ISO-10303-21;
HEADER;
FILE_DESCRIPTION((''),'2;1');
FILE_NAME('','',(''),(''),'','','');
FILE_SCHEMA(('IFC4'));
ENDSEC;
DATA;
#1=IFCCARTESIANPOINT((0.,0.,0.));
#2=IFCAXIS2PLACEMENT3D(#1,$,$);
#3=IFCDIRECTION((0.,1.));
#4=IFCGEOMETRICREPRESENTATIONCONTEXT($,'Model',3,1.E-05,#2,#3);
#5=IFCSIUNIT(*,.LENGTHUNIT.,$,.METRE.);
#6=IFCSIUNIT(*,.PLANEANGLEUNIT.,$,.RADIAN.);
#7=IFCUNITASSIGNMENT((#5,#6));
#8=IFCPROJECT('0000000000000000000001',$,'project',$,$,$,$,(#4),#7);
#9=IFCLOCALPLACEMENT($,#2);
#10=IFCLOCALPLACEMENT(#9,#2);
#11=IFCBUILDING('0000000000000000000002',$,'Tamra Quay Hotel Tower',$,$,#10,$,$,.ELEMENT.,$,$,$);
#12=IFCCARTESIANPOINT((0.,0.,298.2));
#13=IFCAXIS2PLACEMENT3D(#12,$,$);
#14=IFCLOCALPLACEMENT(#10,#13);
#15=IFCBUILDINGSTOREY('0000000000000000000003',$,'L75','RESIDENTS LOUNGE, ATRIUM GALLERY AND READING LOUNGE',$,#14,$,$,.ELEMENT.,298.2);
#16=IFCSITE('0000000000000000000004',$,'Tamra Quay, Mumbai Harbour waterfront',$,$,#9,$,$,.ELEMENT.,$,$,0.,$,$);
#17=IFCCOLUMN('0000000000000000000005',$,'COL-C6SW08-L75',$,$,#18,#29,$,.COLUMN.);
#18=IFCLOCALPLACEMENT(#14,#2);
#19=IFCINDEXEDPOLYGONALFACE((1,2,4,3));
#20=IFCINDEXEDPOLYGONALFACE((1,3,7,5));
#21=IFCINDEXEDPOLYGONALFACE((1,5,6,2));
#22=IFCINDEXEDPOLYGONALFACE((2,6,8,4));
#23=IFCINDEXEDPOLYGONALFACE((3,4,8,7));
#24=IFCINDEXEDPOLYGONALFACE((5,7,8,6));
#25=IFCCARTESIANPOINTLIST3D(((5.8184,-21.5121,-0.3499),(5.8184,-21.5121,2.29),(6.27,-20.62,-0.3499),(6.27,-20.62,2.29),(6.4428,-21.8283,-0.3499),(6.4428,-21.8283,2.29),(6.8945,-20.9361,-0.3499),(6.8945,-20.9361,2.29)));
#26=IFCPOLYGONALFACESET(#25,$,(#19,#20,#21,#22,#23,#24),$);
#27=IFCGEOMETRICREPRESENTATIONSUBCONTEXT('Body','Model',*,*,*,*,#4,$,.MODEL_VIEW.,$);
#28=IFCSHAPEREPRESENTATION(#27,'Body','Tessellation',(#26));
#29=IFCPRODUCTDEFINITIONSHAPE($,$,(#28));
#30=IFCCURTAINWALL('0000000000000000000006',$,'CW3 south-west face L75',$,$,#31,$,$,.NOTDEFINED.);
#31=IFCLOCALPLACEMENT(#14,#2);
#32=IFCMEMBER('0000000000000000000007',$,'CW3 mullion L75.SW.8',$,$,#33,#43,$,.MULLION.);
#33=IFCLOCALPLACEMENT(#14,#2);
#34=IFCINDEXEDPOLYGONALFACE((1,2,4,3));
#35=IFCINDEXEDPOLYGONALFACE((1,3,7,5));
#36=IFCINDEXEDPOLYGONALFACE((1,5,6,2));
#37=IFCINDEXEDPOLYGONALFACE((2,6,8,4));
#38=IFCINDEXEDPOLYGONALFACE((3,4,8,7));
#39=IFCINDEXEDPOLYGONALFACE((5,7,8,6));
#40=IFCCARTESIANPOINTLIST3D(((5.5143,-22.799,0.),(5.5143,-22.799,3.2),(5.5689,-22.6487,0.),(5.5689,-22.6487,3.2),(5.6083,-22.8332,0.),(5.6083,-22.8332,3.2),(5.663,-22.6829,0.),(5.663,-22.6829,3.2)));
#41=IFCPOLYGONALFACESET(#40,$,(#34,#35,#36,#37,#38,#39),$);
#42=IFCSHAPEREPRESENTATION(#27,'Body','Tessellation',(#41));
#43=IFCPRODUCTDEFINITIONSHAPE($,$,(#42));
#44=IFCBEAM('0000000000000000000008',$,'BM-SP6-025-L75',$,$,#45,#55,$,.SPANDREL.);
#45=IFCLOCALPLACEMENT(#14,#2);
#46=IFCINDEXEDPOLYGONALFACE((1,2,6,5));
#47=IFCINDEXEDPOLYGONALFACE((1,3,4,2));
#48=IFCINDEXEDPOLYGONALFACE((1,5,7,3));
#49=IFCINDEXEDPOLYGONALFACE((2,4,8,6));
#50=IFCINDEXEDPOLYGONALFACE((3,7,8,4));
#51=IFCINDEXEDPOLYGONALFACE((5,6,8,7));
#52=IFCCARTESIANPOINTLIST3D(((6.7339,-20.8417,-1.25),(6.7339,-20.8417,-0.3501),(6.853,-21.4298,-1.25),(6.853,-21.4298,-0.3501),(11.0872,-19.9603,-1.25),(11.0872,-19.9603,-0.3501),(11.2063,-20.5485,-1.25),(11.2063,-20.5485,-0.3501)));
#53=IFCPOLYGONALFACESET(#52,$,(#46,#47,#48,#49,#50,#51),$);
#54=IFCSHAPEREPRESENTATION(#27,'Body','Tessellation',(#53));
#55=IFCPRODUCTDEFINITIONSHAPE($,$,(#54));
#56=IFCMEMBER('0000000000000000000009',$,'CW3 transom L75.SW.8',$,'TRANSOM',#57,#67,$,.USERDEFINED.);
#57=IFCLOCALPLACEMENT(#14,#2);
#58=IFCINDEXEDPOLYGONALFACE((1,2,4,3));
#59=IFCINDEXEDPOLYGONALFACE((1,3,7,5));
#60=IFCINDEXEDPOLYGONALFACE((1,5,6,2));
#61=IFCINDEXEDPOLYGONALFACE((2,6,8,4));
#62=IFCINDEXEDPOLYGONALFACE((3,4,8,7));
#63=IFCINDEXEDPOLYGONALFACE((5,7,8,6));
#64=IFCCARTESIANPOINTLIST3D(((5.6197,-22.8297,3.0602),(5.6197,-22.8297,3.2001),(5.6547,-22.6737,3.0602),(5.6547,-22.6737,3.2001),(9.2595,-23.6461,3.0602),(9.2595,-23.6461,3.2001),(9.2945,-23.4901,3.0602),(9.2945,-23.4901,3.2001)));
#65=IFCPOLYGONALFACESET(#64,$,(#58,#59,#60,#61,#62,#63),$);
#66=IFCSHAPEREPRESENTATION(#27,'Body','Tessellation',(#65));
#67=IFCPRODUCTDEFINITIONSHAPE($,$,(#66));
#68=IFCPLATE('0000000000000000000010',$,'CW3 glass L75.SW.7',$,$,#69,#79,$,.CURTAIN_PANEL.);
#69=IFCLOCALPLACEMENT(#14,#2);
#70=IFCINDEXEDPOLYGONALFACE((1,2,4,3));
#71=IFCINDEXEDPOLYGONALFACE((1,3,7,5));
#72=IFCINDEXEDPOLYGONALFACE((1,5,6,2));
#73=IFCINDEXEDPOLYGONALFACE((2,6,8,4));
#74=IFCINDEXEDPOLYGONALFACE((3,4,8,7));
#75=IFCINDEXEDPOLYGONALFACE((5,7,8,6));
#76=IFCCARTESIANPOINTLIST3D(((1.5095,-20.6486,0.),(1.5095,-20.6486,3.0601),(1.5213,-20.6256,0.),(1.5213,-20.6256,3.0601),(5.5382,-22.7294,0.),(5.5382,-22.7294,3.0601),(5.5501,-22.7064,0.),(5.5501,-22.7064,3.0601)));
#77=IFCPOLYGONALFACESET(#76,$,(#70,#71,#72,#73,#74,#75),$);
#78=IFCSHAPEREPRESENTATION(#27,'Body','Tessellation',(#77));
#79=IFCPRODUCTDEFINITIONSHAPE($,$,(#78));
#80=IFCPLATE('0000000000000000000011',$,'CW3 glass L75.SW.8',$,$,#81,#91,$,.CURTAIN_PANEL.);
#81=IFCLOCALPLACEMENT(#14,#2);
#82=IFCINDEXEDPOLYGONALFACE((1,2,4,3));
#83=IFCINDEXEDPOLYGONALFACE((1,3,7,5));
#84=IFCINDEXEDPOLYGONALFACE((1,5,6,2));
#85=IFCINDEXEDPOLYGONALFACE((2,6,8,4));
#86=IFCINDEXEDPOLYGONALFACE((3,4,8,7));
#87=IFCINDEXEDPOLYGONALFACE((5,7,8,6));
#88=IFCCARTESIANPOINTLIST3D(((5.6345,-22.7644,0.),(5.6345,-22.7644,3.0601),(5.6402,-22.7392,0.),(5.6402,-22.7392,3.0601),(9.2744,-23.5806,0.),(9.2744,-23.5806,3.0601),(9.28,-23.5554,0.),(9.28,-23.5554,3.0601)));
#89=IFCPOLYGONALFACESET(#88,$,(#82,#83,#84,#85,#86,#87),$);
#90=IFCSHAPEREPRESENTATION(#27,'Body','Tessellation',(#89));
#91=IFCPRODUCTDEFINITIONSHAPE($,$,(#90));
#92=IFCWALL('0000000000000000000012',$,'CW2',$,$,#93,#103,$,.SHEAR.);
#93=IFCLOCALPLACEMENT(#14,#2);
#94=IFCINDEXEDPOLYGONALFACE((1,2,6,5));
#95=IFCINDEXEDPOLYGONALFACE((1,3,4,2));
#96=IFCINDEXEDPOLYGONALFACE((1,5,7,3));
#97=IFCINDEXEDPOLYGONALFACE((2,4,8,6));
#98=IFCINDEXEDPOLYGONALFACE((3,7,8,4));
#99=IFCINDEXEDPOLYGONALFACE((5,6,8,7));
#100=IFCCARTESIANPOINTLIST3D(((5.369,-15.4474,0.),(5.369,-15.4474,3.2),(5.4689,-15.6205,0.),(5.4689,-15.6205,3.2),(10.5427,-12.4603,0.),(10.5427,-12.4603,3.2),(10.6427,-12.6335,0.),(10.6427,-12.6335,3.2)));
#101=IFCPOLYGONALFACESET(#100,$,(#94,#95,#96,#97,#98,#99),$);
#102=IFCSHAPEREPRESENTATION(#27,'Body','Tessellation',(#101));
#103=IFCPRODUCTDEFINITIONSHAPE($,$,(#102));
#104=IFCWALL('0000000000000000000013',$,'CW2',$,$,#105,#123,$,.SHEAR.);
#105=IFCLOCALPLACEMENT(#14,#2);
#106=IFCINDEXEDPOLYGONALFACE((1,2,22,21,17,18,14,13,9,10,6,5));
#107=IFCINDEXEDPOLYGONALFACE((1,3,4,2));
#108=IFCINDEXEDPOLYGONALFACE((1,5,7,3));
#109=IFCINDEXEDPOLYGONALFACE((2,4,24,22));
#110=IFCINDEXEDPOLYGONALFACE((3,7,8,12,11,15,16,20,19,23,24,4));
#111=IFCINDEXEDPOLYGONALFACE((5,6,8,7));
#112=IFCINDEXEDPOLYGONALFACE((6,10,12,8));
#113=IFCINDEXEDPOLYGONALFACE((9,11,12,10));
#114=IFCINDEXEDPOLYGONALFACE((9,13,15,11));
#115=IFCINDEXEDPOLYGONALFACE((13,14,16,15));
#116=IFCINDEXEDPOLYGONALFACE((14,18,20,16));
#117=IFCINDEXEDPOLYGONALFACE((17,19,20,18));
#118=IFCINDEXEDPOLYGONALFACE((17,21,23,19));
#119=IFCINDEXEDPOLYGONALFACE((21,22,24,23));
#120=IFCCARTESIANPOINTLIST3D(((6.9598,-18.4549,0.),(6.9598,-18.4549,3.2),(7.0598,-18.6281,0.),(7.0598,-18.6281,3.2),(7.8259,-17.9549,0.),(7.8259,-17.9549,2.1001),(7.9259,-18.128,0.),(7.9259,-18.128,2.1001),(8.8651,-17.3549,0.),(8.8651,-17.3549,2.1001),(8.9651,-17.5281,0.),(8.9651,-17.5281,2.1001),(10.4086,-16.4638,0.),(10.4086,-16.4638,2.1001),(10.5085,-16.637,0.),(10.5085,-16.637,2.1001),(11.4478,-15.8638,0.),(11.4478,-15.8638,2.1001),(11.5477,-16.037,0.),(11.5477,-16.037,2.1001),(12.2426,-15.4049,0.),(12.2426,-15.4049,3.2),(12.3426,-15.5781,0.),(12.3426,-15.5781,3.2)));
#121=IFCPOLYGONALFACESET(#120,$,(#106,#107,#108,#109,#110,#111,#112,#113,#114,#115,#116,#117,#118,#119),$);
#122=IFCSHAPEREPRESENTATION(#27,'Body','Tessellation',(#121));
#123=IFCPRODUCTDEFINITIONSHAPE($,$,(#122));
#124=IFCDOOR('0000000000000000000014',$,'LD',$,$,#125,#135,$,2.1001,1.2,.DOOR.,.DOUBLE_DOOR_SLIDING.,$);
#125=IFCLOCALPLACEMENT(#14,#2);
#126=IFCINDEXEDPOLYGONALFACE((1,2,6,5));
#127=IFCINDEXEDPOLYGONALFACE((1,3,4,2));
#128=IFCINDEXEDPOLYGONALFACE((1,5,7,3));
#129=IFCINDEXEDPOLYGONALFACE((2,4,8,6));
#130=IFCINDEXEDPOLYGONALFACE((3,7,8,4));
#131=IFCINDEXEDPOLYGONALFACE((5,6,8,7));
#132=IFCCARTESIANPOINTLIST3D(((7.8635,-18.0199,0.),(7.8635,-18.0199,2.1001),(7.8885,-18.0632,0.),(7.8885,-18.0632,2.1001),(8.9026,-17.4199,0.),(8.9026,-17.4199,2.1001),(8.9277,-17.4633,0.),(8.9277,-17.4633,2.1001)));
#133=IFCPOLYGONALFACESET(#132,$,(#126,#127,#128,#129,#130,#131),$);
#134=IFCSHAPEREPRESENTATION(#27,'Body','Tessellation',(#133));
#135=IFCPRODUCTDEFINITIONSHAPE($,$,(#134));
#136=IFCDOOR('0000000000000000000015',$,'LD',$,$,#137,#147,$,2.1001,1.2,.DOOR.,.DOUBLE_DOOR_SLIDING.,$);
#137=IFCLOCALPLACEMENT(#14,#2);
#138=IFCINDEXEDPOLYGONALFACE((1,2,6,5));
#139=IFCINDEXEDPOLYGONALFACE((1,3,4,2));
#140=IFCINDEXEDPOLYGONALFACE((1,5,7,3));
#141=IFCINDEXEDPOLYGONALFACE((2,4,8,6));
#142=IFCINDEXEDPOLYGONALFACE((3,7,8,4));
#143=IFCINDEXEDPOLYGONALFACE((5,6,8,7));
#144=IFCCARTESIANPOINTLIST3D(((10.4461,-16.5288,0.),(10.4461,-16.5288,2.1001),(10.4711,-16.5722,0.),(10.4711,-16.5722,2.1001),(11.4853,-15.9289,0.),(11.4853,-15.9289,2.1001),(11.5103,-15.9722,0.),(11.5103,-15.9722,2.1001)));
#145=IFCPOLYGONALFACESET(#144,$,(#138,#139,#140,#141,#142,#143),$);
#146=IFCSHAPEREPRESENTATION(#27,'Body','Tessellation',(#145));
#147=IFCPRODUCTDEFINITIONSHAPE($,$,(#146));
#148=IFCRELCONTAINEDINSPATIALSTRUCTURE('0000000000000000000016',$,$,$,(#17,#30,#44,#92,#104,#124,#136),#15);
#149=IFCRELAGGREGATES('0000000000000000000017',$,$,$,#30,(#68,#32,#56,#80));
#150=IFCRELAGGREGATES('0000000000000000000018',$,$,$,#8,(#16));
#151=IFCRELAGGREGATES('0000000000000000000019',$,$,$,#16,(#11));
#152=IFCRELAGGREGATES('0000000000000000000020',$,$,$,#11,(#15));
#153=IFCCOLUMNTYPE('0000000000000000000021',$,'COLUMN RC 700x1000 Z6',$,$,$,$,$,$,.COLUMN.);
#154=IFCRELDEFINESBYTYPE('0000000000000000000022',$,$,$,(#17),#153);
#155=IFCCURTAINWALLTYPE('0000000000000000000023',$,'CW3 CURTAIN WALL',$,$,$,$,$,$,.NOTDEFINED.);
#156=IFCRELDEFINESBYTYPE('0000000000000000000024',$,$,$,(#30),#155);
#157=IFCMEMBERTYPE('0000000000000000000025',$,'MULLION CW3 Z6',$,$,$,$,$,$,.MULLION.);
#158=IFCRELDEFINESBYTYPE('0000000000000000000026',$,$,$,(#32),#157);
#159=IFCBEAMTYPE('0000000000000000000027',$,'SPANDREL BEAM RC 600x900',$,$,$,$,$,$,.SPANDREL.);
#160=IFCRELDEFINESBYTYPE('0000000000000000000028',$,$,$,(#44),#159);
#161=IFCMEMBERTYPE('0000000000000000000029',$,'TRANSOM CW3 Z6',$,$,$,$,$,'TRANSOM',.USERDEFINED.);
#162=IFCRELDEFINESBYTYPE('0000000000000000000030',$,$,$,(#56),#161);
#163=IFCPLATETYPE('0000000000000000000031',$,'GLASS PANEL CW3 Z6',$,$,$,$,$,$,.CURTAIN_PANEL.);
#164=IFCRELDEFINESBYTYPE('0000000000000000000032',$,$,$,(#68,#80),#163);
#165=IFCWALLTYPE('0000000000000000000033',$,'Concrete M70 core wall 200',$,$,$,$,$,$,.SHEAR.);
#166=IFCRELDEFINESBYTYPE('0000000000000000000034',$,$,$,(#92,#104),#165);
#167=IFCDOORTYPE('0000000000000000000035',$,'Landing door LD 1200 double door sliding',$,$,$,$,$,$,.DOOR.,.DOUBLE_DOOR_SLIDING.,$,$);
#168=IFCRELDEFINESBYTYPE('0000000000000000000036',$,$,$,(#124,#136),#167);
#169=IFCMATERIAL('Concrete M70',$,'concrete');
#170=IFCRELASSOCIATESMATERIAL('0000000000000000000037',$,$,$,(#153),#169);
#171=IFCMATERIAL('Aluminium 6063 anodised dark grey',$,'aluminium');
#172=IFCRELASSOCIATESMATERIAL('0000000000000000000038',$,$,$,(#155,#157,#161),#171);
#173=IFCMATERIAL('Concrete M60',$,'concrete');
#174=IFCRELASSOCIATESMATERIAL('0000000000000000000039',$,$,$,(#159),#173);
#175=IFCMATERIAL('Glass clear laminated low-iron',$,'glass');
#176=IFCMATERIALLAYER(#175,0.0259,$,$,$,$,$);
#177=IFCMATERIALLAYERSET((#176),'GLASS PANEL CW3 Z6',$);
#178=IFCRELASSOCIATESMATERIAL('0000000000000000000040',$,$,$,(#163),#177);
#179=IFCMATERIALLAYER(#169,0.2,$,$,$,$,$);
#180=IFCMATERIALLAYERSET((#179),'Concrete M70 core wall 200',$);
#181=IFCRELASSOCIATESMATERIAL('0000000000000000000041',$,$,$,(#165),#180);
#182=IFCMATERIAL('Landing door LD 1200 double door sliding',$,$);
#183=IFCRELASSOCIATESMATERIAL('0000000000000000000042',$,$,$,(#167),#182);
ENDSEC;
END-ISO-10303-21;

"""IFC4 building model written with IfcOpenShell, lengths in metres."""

from ifc_helpers import new_model, si_unit, direction, frame, frame_2d, origin, origin_2d, place, context, subcontext, project, spatial, rectangle, extrude, material, layer, layer_set, material_profile, profile_set, type_object, element, fill, aggregate, save


model = new_model("IFC4")

# Units and contexts
model_context = context("Model", 3, precision=1e-05, world=origin(), true_north=direction((0.0, 1.0)))
body_context = subcontext(model_context, "Body", "Model", "MODEL_VIEW")
ifc_project = project(units=[si_unit("LENGTHUNIT", "METRE"), si_unit("PLANEANGLEUNIT", "RADIAN")], contexts=[model_context])

# Site, building, storey
site_placement = place(None, origin())
site = spatial("IfcSite", under=ifc_project, at=site_placement, Name="Tamra Quay, Mumbai Harbour waterfront", CompositionType="ELEMENT", RefElevation=0.0)
building_placement = place(site_placement, origin())
building = spatial("IfcBuilding", under=site, at=building_placement, Name="Tamra Quay Hotel Tower", CompositionType="ELEMENT")
storey_placement = place(building_placement, frame((0.0, 0.0, 298.2)))
storey = spatial("IfcBuildingStorey", under=building, at=storey_placement, Name="L75", Description="RESIDENTS LOUNGE, ATRIUM GALLERY AND READING LOUNGE", CompositionType="ELEMENT", Elevation=298.2)

# Column
ifc_material_1 = material(Name="Concrete M70", Category="concrete")
ifc_material_profile_1 = material_profile(ifc_material_1, rectangle(XDim=1.0, YDim=0.7, at=origin_2d()), Name="COLUMN RC 700x1000 Z6")
ifc_profile_set_1 = profile_set([ifc_material_profile_1], Name="Concrete M70")
column_type = type_object("IfcColumnType", Name="COLUMN RC 700x1000 Z6", PredefinedType="COLUMN", material=ifc_profile_set_1)
column_placement = place(storey_placement, frame((6.3564, -21.2241, -0.3499), z_axis=(0.0, 0.0, 1.0), x_axis=(0.451686, 0.892177, 0.0)))
element("IfcColumn", 1, at=column_placement, inside=storey, type_object=column_type, Name="COL-C6SW08-L75", PredefinedType="COLUMN", context=body_context, shape_type="SweptSolid", body=[
    extrude(rectangle(XDim=1.0, YDim=0.7, at=origin_2d()), origin(), (0.0, 0.0, 1.0), 2.6399),
])

# Curtain wall, member
ifc_material_2 = material(Name="Aluminium 6063 anodised dark grey", Category="aluminium")
curtain_wall_type = type_object("IfcCurtainWallType", Name="CW3 CURTAIN WALL", PredefinedType="NOTDEFINED", material=ifc_material_2)
curtain_wall_placement = place(storey_placement, origin())
curtain_wall = element("IfcCurtainWall", 2, at=curtain_wall_placement, inside=storey, type_object=curtain_wall_type, Name="CW3 south-west face L75", PredefinedType="NOTDEFINED")
ifc_material_profile_2 = material_profile(ifc_material_2, rectangle(XDim=0.1599, YDim=0.1001, at=origin_2d()), Name="MULLION 100X160")
ifc_profile_set_2 = profile_set([ifc_material_profile_2], Name="Aluminium 6063 anodised dark grey")
member_type_1 = type_object("IfcMemberType", Name="MULLION CW3 Z6", PredefinedType="MULLION", material=ifc_profile_set_2)
member_1_placement = place(storey_placement, frame((5.5886, -22.741, 0.0), z_axis=(0.0, 0.0, 1.0), x_axis=(-0.341653, -0.939826, 0.0)))
member_1 = element("IfcMember", 3, at=member_1_placement, type_object=member_type_1, Name="CW3 mullion L75.SW.8", PredefinedType="MULLION", context=body_context, shape_type="SweptSolid", body=[
    extrude(rectangle(XDim=0.1599, YDim=0.1001, at=origin_2d()), origin(), (0.0, 0.0, 1.0), 3.2),
])

# Beam
ifc_material_3 = material(Name="Concrete M60", Category="concrete")
ifc_material_profile_3 = material_profile(ifc_material_3, rectangle(XDim=0.6001, YDim=0.8999, at=origin_2d()), Name="SPANDREL BEAM RC 600x900")
ifc_profile_set_3 = profile_set([ifc_material_profile_3], Name="Concrete M60")
beam_type = type_object("IfcBeamType", Name="SPANDREL BEAM RC 600x900", PredefinedType="SPANDREL", material=ifc_profile_set_3)
beam_placement = place(storey_placement, frame((6.7935, -21.1357, -0.8), z_axis=(0.980115, 0.198431, 0.0), x_axis=(-0.198431, 0.980115, 0.0)))
element("IfcBeam", 4, at=beam_placement, inside=storey, type_object=beam_type, Name="BM-SP6-025-L75", PredefinedType="SPANDREL", context=body_context, shape_type="SweptSolid", body=[
    extrude(rectangle(XDim=0.6001, YDim=0.8999, at=origin_2d()), origin(), (0.0, 0.0, 1.0), 4.4417),
])

# Member
ifc_material_profile_4 = material_profile(ifc_material_2, rectangle(XDim=0.1599, YDim=0.1399, at=origin_2d()), Name="TRANSOM 160X140")
ifc_profile_set_4 = profile_set([ifc_material_profile_4], Name="Aluminium 6063 anodised dark grey")
member_type_2 = type_object("IfcMemberType", Name="TRANSOM CW3 Z6", ElementType="TRANSOM", PredefinedType="USERDEFINED", material=ifc_profile_set_4)
member_2_placement = place(storey_placement, frame((5.6372, -22.7517, 3.1301), z_axis=(0.975757, -0.218857, 0.0), x_axis=(0.218857, 0.975757, 0.0)))
member_2 = element("IfcMember", 5, at=member_2_placement, type_object=member_type_2, Name="CW3 transom L75.SW.8", ObjectType="TRANSOM", PredefinedType="USERDEFINED", context=body_context, shape_type="SweptSolid", body=[
    extrude(rectangle(XDim=0.1599, YDim=0.1399, at=origin_2d()), origin(), (0.0, 0.0, 1.0), 3.7302),
])

# Plates
ifc_material_4 = material(Name="Glass clear laminated low-iron", Category="glass")
ifc_layer_1 = layer(ifc_material_4, 0.0259)
ifc_layer_set_1 = layer_set([ifc_layer_1], Name="GLASS PANEL CW3 Z6")
plate_type = type_object("IfcPlateType", Name="GLASS PANEL CW3 Z6", PredefinedType="CURTAIN_PANEL", material=ifc_layer_set_1)
plate_1_placement = place(storey_placement, frame((3.5298, -21.6775, 0.0), z_axis=(0.0, 0.0, 1.0), x_axis=(0.888486, -0.458903, 0.0)))
plate_1 = element("IfcPlate", 6, at=plate_1_placement, type_object=plate_type, Name="CW3 glass L75.SW.7", PredefinedType="CURTAIN_PANEL", context=body_context, shape_type="SweptSolid", body=[
    extrude(rectangle(XDim=4.5344, YDim=0.0259, at=origin_2d()), origin(), (0.0, 0.0, 1.0), 3.0601),
])
plate_2_placement = place(storey_placement, frame((7.4573, -23.1599, 0.0), z_axis=(0.0, 0.0, 1.0), x_axis=(0.975768, -0.218806, 0.0)))
plate_2 = element("IfcPlate", 7, at=plate_2_placement, type_object=plate_type, Name="CW3 glass L75.SW.8", PredefinedType="CURTAIN_PANEL", context=body_context, shape_type="SweptSolid", body=[
    extrude(rectangle(XDim=3.7302, YDim=0.0259, at=origin_2d()), origin(), (0.0, 0.0, 1.0), 3.0601),
])
aggregate(curtain_wall, [plate_1, member_1, member_2, plate_2])

# Wall
ifc_layer_2 = layer(ifc_material_1, 0.2)
ifc_layer_set_2 = layer_set([ifc_layer_2], Name="Concrete M70 core wall 200")
wall_type_1 = type_object("IfcWallType", Name="Concrete M70 core wall 200", PredefinedType="SHEAR", material=ifc_layer_set_2)
wall_1_placement = place(storey_placement, frame((5.4189, -15.5339, 0.0), z_axis=(0.0, 0.0, 1.0), x_axis=(0.866029, 0.499994, 0.0)))
element("IfcWall", 8, at=wall_1_placement, inside=storey, type_object=wall_type_1, Name="CW2", PredefinedType="SHEAR", context=body_context, shape_type="SweptSolid", body=[
    extrude(rectangle(XDim=5.9741, YDim=0.2, at=frame_2d((2.9871, 0.0))), origin(), (0.0, 0.0, 1.0), 3.2),
])

# Wall, openings, doors
wall_2_placement = place(storey_placement, frame((7.0098, -18.5415, 0.0), z_axis=(0.0, 0.0, 1.0), x_axis=(0.86603, 0.499992, 0.0)))
wall_2 = element("IfcWall", 9, at=wall_2_placement, inside=storey, type_object=wall_type_1, Name="CW2", PredefinedType="SHEAR", context=body_context, shape_type="SweptSolid", body=[
    extrude(rectangle(XDim=6.1001, YDim=0.2, at=frame_2d((3.05, 0.0))), origin(), (0.0, 0.0, 1.0), 3.2),
])
opening_1_placement = place(wall_2_placement, frame((1.0, 0.0, 0.0)))
opening_1 = element("IfcOpeningElement", 10, at=opening_1_placement, cuts=wall_2, PredefinedType="OPENING", context=body_context, shape_type="SweptSolid", body=[
    extrude(rectangle(XDim=1.2, YDim=2.1001, at=frame_2d((0.6001, 1.05))), frame((0.0, 0.1099, 0.0), z_axis=(0.0, -1.0, 0.0), x_axis=(1.0, 0.0, 0.0)), (0.0, 0.0, 1.0), 0.22),
])
opening_2_placement = place(wall_2_placement, frame((3.9822, 0.0, 0.0)))
opening_2 = element("IfcOpeningElement", 11, at=opening_2_placement, cuts=wall_2, PredefinedType="OPENING", context=body_context, shape_type="SweptSolid", body=[
    extrude(rectangle(XDim=1.2, YDim=2.1001, at=frame_2d((0.6001, 1.05))), frame((0.0, 0.1099, 0.0), z_axis=(0.0, -1.0, 0.0), x_axis=(1.0, 0.0, 0.0)), (0.0, 0.0, 1.0), 0.22),
])
ifc_material_5 = material(Name="Landing door LD 1200 double door sliding")
door_type_1 = type_object("IfcDoorType", Name="Landing door LD 1200 double door sliding", OperationType="DOUBLE_DOOR_SLIDING", PredefinedType="DOOR", material=ifc_material_5)
door_1_placement = place(opening_1_placement, origin())
door_1 = element("IfcDoor", 12, at=door_1_placement, inside=storey, type_object=door_type_1, Name="LD", OperationType="DOUBLE_DOOR_SLIDING", OverallHeight=2.1001, OverallWidth=1.2, PredefinedType="DOOR", context=body_context, shape_type="SweptSolid", body=[
    extrude(rectangle(XDim=1.2, YDim=2.1001, at=frame_2d((0.6001, 1.05))), frame((0.0, 0.0249, 0.0), z_axis=(0.0, -1.0, 0.0), x_axis=(1.0, 0.0, 0.0)), (0.0, 0.0, 1.0), 0.05),
])
fill(opening_1, door_1)
door_2_placement = place(opening_2_placement, origin())
door_2 = element("IfcDoor", 13, at=door_2_placement, inside=storey, type_object=door_type_1, Name="LD", OperationType="DOUBLE_DOOR_SLIDING", OverallHeight=2.1001, OverallWidth=1.2, PredefinedType="DOOR", context=body_context, shape_type="SweptSolid", body=[
    extrude(rectangle(XDim=1.2, YDim=2.1001, at=frame_2d((0.6001, 1.05))), frame((0.0, 0.0249, 0.0), z_axis=(0.0, -1.0, 0.0), x_axis=(1.0, 0.0, 0.0)), (0.0, 0.0, 1.0), 0.05),
])
fill(opening_2, door_2)

save(model, "model.ifc")
